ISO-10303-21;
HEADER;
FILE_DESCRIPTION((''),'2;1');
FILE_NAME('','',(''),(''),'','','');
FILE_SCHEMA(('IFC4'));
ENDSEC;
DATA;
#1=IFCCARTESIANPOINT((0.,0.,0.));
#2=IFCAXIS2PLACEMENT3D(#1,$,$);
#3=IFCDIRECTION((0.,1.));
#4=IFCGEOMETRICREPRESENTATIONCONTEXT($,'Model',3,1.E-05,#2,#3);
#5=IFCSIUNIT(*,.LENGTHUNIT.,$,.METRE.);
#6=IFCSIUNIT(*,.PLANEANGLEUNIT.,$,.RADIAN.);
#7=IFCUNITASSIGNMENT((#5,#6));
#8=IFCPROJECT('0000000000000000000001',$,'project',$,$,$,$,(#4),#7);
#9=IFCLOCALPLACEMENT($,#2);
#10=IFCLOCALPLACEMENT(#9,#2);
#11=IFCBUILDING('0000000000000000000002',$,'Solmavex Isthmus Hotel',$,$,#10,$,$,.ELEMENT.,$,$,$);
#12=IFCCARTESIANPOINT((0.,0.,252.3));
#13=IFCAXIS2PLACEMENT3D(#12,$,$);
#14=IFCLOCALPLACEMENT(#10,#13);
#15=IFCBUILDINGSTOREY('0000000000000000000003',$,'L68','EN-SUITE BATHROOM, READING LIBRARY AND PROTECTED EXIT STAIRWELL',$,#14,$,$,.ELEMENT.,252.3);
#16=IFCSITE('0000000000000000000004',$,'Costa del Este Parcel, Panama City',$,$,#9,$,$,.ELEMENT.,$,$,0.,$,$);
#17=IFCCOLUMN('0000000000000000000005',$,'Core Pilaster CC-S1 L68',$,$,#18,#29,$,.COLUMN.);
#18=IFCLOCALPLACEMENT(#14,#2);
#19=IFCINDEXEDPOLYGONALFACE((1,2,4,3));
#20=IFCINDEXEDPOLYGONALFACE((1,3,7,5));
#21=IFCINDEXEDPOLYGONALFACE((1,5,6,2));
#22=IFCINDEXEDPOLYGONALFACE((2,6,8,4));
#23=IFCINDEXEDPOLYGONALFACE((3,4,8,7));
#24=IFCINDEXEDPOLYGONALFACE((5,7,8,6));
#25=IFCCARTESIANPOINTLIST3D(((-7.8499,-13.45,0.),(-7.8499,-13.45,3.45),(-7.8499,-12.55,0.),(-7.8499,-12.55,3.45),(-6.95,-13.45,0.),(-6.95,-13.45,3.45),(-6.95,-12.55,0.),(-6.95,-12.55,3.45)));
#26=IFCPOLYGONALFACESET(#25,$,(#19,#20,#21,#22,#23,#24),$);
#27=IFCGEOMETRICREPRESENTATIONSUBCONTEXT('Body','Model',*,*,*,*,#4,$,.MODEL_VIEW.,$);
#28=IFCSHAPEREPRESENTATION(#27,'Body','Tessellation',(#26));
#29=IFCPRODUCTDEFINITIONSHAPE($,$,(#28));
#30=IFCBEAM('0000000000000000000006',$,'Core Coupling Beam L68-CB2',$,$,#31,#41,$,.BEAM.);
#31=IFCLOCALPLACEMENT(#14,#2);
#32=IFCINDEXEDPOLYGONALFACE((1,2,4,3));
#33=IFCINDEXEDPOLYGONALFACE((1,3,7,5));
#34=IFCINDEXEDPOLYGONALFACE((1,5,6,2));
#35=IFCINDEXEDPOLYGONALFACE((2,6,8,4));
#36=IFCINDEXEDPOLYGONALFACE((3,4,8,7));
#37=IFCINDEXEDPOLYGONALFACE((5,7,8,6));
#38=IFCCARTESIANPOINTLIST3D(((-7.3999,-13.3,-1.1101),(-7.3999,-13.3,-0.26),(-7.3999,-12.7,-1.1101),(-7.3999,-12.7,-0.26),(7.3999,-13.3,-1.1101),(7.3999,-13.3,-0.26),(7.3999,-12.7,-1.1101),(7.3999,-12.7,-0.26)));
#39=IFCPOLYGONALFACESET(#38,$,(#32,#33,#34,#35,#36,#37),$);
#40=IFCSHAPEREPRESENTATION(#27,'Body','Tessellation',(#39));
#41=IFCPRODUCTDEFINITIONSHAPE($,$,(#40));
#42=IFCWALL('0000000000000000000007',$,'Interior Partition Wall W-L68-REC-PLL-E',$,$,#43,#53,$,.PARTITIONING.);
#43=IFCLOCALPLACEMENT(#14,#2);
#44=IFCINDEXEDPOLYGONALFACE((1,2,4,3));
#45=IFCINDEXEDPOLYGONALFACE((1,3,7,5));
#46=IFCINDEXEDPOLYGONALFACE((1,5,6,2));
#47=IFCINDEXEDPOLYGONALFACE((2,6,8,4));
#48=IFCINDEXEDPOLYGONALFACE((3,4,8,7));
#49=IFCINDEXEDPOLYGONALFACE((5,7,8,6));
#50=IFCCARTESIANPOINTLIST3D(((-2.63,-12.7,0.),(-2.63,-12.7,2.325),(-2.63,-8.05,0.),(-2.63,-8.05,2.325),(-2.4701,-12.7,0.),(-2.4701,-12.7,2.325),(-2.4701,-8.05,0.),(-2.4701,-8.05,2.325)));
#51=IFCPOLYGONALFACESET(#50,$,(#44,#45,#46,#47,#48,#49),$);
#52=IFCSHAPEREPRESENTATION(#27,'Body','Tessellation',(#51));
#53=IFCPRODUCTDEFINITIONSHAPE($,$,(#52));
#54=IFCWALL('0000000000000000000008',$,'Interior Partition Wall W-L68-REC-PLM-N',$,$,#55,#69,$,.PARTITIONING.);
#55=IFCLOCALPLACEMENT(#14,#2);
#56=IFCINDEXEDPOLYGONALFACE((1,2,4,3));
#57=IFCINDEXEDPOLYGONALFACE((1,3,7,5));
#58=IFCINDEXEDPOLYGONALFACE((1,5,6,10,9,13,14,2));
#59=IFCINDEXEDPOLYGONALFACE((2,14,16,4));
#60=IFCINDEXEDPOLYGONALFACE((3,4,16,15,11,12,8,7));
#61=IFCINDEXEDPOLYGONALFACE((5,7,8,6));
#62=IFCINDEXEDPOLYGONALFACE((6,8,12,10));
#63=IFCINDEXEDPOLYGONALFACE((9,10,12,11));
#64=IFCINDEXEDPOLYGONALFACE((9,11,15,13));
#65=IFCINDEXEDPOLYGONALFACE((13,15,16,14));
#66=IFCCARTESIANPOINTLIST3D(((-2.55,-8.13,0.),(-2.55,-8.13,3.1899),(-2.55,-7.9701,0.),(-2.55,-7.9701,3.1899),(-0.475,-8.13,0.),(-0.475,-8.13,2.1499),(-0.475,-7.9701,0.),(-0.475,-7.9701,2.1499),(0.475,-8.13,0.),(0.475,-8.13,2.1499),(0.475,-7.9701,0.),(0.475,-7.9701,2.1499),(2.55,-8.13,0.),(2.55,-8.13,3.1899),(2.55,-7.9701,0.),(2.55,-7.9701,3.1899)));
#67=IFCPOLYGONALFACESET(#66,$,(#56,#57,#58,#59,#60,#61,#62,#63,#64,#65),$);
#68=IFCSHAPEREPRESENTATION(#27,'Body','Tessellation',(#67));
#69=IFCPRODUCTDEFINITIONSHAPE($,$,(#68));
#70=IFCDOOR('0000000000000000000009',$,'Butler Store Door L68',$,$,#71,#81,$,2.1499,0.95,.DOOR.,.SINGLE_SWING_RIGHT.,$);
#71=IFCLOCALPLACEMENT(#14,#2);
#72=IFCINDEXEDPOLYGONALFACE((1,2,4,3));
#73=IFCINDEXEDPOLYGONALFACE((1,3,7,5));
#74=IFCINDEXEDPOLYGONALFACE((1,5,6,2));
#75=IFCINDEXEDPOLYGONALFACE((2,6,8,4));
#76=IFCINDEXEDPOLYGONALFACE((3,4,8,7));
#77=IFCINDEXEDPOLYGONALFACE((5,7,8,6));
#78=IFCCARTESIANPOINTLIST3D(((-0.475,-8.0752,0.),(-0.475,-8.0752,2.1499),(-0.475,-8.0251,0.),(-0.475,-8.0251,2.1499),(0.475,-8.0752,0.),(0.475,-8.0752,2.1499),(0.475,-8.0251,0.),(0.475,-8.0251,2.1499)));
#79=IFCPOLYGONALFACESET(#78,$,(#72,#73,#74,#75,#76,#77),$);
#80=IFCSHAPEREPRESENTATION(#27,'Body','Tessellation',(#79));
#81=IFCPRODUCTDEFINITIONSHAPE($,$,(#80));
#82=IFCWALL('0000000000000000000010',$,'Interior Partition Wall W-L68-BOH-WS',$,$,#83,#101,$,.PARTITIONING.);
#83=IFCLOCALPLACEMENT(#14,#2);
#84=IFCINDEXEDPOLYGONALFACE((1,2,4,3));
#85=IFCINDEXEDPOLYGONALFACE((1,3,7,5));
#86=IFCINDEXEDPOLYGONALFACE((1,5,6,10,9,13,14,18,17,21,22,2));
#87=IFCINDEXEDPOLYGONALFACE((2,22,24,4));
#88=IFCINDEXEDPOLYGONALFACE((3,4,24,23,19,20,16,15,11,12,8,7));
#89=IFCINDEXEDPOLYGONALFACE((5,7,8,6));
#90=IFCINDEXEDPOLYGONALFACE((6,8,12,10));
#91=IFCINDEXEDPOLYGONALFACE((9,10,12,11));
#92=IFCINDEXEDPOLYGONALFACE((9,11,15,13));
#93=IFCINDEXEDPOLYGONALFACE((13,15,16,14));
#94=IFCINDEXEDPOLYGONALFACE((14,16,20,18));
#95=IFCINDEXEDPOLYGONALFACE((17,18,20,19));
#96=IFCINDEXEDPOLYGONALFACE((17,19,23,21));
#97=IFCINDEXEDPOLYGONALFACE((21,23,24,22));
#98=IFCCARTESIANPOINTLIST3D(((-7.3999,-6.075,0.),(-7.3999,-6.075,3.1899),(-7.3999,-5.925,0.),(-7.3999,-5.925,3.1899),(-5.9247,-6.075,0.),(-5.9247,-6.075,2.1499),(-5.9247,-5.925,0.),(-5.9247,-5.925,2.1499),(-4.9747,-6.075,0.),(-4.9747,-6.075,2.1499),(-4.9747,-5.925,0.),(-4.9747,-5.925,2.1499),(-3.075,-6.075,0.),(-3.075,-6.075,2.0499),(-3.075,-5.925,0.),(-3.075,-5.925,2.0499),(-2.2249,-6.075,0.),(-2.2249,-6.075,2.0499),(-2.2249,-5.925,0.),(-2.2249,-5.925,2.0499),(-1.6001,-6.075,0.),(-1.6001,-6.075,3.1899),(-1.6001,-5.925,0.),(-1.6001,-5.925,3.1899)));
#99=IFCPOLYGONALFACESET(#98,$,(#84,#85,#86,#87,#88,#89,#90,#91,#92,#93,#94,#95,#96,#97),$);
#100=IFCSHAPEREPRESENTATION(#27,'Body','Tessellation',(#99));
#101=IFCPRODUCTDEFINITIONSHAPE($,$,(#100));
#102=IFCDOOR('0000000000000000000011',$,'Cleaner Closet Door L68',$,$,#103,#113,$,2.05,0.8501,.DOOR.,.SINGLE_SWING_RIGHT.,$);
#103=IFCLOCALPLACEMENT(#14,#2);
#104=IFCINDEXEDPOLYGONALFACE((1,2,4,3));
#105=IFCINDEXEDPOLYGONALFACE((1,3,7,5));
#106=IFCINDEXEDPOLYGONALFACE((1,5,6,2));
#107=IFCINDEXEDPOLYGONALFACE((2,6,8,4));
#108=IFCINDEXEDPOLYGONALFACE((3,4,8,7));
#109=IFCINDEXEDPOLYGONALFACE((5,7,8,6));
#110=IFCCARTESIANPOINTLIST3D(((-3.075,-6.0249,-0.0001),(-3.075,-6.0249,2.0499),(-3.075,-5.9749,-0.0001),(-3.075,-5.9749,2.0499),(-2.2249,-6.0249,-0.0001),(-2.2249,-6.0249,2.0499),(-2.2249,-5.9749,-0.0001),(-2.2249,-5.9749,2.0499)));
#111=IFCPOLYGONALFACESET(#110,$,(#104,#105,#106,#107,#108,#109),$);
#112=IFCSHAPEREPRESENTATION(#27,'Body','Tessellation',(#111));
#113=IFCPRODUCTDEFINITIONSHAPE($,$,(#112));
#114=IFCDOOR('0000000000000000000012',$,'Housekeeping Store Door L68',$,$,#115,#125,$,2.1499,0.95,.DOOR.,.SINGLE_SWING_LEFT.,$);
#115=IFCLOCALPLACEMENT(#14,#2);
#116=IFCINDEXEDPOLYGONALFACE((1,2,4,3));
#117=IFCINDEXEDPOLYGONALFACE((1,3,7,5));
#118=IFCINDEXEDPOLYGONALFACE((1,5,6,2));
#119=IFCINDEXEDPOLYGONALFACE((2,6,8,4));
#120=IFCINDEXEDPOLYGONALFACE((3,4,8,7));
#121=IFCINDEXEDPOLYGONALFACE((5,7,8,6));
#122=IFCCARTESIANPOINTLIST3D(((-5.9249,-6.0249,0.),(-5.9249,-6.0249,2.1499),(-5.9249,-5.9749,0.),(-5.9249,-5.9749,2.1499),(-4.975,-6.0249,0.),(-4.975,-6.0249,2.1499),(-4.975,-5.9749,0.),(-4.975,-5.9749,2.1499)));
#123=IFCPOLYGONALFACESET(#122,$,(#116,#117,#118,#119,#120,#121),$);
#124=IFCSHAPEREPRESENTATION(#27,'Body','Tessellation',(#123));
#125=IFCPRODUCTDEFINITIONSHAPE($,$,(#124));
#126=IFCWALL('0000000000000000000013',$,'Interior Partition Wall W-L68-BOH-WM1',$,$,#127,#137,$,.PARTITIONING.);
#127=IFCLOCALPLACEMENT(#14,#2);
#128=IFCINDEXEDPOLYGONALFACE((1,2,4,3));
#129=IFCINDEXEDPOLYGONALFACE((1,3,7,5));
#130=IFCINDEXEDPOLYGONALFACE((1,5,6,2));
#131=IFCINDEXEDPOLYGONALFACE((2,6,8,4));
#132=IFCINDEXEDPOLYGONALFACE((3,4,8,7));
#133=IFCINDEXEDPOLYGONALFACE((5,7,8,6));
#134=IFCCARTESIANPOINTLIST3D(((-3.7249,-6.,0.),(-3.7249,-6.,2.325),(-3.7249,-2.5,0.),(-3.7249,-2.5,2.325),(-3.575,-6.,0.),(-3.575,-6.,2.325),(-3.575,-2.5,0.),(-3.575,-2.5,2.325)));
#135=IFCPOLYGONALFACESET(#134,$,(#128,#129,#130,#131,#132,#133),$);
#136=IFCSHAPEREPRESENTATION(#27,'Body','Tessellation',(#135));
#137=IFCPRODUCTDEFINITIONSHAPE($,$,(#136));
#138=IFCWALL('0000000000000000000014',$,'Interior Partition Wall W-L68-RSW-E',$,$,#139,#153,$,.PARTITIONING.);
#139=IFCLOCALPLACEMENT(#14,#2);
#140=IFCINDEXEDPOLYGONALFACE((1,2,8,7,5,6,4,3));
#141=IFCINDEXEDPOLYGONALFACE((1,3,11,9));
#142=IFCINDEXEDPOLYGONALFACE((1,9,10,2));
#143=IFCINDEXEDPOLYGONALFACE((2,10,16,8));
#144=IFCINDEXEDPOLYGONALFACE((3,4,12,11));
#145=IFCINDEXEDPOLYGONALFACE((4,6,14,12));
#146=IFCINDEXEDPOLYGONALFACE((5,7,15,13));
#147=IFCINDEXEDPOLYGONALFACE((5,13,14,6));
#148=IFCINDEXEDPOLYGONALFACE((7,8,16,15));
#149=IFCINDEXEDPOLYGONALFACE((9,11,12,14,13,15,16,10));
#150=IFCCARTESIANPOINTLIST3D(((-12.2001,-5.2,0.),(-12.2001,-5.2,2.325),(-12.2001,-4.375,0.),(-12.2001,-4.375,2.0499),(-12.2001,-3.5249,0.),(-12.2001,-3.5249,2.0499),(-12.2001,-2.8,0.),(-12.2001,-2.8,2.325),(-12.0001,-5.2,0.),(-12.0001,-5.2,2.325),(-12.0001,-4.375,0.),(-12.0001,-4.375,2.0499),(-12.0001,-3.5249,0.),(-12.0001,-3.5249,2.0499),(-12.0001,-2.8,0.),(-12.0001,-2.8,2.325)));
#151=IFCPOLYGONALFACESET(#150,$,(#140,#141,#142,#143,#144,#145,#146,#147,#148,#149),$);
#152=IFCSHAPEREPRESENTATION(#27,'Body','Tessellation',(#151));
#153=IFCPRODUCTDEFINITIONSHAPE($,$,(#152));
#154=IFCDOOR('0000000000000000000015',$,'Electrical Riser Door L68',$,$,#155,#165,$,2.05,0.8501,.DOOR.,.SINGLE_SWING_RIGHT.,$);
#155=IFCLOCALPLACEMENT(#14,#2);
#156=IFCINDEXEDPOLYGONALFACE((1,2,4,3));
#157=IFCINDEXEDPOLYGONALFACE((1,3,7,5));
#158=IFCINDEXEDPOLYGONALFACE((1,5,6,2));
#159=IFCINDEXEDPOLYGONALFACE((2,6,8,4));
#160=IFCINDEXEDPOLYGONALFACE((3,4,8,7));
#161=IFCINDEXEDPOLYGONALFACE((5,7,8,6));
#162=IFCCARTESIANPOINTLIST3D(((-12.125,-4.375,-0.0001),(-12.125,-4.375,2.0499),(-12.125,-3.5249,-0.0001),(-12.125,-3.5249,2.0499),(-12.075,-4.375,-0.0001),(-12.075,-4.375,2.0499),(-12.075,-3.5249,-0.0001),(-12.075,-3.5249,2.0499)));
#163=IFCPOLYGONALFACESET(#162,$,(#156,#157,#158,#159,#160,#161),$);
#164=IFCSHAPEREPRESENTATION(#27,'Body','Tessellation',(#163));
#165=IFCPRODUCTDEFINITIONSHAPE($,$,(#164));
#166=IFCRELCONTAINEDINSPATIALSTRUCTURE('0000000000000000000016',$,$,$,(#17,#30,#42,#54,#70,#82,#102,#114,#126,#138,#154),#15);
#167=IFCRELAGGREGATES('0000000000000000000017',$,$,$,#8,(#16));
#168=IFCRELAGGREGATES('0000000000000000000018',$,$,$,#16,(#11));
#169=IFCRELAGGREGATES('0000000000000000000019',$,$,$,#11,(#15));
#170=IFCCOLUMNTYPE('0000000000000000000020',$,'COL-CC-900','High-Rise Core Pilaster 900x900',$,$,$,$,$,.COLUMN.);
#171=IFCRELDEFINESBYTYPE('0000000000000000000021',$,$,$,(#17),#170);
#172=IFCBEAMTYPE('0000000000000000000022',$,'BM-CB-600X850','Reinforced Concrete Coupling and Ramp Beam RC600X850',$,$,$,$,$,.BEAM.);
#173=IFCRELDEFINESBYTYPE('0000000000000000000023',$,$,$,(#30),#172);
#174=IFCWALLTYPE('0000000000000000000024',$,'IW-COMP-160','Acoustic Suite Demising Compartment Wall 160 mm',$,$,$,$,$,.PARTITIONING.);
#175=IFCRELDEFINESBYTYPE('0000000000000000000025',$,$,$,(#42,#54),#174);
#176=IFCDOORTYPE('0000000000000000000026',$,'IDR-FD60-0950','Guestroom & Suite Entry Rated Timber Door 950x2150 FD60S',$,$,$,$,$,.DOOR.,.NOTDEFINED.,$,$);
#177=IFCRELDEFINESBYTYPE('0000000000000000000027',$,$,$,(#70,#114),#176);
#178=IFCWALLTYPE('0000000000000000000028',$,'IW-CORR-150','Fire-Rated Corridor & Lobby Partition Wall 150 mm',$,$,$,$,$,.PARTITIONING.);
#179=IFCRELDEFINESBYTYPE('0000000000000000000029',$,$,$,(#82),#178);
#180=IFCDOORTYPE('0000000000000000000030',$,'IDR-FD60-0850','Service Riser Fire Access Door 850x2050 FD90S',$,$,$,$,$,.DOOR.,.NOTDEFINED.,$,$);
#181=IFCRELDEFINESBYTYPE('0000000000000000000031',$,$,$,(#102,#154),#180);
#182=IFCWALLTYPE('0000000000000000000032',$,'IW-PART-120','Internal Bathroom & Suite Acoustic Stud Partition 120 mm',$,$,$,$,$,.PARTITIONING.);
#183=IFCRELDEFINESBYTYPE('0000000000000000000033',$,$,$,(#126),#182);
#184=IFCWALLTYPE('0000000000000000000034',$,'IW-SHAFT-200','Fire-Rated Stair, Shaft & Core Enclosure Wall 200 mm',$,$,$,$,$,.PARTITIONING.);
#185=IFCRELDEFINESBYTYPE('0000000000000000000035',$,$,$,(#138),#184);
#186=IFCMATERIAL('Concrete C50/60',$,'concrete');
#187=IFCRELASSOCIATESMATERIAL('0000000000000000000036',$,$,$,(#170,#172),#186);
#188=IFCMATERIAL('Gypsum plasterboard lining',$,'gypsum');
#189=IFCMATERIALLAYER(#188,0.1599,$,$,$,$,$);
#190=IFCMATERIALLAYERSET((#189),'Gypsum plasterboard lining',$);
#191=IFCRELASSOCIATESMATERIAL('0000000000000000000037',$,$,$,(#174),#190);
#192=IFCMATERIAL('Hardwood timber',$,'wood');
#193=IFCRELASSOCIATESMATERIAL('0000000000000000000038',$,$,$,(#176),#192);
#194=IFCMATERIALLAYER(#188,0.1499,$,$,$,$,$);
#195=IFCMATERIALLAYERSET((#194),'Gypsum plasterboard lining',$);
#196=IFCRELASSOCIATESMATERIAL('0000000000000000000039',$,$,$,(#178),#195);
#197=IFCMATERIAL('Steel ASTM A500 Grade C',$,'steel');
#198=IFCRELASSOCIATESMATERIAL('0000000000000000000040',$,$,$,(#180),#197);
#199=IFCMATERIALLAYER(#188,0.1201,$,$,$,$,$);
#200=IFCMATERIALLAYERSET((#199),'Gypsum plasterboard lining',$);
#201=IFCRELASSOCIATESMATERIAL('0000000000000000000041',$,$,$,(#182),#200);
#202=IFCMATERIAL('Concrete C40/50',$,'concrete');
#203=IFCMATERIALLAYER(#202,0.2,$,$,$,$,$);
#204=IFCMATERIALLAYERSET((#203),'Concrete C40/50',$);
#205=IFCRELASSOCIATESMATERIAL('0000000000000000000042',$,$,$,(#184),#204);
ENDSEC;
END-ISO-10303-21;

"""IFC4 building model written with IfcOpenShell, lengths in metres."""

from ifc_helpers import new_model, si_unit, direction, frame, frame_2d, origin, origin_2d, place, context, subcontext, project, spatial, rectangle, extrude, material, layer, layer_set, material_profile, profile_set, type_object, element, fill, save


model = new_model("IFC4")

# Units and contexts
model_context = context("Model", 3, precision=1e-05, world=origin(), true_north=direction((0.0, 1.0)))
body_context = subcontext(model_context, "Body", "Model", "MODEL_VIEW")
ifc_project = project(units=[si_unit("LENGTHUNIT", "METRE"), si_unit("PLANEANGLEUNIT", "RADIAN")], contexts=[model_context])

# Site, building, storey
site_placement = place(None, origin())
site = spatial("IfcSite", under=ifc_project, at=site_placement, Name="Costa del Este Parcel, Panama City", CompositionType="ELEMENT", RefElevation=0.0)
building_placement = place(site_placement, origin())
building = spatial("IfcBuilding", under=site, at=building_placement, Name="Solmavex Isthmus Hotel", CompositionType="ELEMENT")
storey_placement = place(building_placement, frame((0.0, 0.0, 252.3)))
storey = spatial("IfcBuildingStorey", under=building, at=storey_placement, Name="L68", Description="EN-SUITE BATHROOM, READING LIBRARY AND PROTECTED EXIT STAIRWELL", CompositionType="ELEMENT", Elevation=252.3)

# Column
ifc_material_1 = material(Name="Concrete C50/60", Category="concrete")
ifc_material_profile_1 = material_profile(ifc_material_1, rectangle(XDim=0.8999, YDim=0.8999, at=origin_2d()), Name="RC900X900")
ifc_profile_set_1 = profile_set([ifc_material_profile_1], Name="Concrete C50/60")
column_type = type_object("IfcColumnType", Name="COL-CC-900", Description="High-Rise Core Pilaster 900x900", PredefinedType="COLUMN", material=ifc_profile_set_1)
column_placement = place(storey_placement, frame((-7.3999, -13.0, 0.0), z_axis=(0.0, 0.0, 1.0), x_axis=(1.0, 0.0, 0.0)))
element("IfcColumn", 1, at=column_placement, inside=storey, type_object=column_type, Name="Core Pilaster CC-S1 L68", PredefinedType="COLUMN", context=body_context, shape_type="SweptSolid", body=[
    extrude(rectangle(XDim=0.8999, YDim=0.8999, at=origin_2d()), origin(), (0.0, 0.0, 1.0), 3.45),
])

# Beam
ifc_material_profile_2 = material_profile(ifc_material_1, rectangle(XDim=0.6001, YDim=0.8501, at=origin_2d()), Name="RC600X850")
ifc_profile_set_2 = profile_set([ifc_material_profile_2], Name="Concrete C50/60")
beam_type = type_object("IfcBeamType", Name="BM-CB-600X850", Description="Reinforced Concrete Coupling and Ramp Beam RC600X850", PredefinedType="BEAM", material=ifc_profile_set_2)
beam_placement = place(storey_placement, frame((-7.3999, -13.0, -0.6851), z_axis=(1.0, 0.0, 0.0), x_axis=(0.0, 1.0, 0.0)))
element("IfcBeam", 2, at=beam_placement, inside=storey, type_object=beam_type, Name="Core Coupling Beam L68-CB2", PredefinedType="BEAM", context=body_context, shape_type="SweptSolid", body=[
    extrude(rectangle(XDim=0.6001, YDim=0.8501, at=origin_2d()), origin(), (0.0, 0.0, 1.0), 14.7998),
])

# Shared definitions
ifc_material_2 = material(Name="Gypsum plasterboard lining", Category="gypsum")
ifc_layer_1 = layer(ifc_material_2, 0.1599)
ifc_layer_set_1 = layer_set([ifc_layer_1], Name="Gypsum plasterboard lining")
wall_type_1 = type_object("IfcWallType", Name="IW-COMP-160", Description="Acoustic Suite Demising Compartment Wall 160 mm", PredefinedType="PARTITIONING", material=ifc_layer_set_1)
ifc_material_3 = material(Name="Hardwood timber", Category="wood")
door_type_1 = type_object("IfcDoorType", Name="IDR-FD60-0950", Description="Guestroom & Suite Entry Rated Timber Door 950x2150 FD60S", OperationType="NOTDEFINED", PredefinedType="DOOR", material=ifc_material_3)

# Wall
wall_1_placement = place(storey_placement, frame((-2.55, -12.7, 0.0), z_axis=(0.0, 0.0, 1.0), x_axis=(0.0, 1.0, 0.0)))
element("IfcWall", 3, at=wall_1_placement, inside=storey, type_object=wall_type_1, Name="Interior Partition Wall W-L68-REC-PLL-E", PredefinedType="PARTITIONING", context=body_context, shape_type="SweptSolid", body=[
    extrude(rectangle(XDim=4.6499, YDim=0.1599, at=frame_2d((2.325, 0.0))), origin(), (0.0, 0.0, 1.0), 2.325),
])

# Wall, opening, door
wall_2_placement = place(storey_placement, frame((-2.55, -8.05, 0.0), z_axis=(0.0, 0.0, 1.0), x_axis=(1.0, 0.0, 0.0)))
wall_2 = element("IfcWall", 4, at=wall_2_placement, inside=storey, type_object=wall_type_1, Name="Interior Partition Wall W-L68-REC-PLM-N", PredefinedType="PARTITIONING", context=body_context, shape_type="SweptSolid", body=[
    extrude(rectangle(XDim=5.1001, YDim=0.1599, at=frame_2d((2.55, 0.0))), origin(), (0.0, 0.0, 1.0), 3.1899),
])
opening_1_placement = place(wall_2_placement, frame((2.075, 0.0, 0.0)))
opening_1 = element("IfcOpeningElement", 5, at=opening_1_placement, cuts=wall_2, PredefinedType="OPENING", context=body_context, shape_type="SweptSolid", body=[
    extrude(rectangle(XDim=0.95, YDim=2.1499, at=frame_2d((0.4751, 1.075))), frame((0.0, 0.0898, 0.0), z_axis=(0.0, -1.0, 0.0), x_axis=(1.0, 0.0, 0.0)), (0.0, 0.0, 1.0), 0.1799),
])
door_1_placement = place(opening_1_placement, origin())
door_1 = element("IfcDoor", 6, at=door_1_placement, inside=storey, type_object=door_type_1, Name="Butler Store Door L68", OperationType="SINGLE_SWING_RIGHT", OverallHeight=2.1499, OverallWidth=0.95, PredefinedType="DOOR", context=body_context, shape_type="SweptSolid", body=[
    extrude(rectangle(XDim=0.95, YDim=2.1499, at=frame_2d((0.4751, 1.075))), frame((0.0, 0.0249, 0.0), z_axis=(0.0, -1.0, 0.0), x_axis=(1.0, 0.0, 0.0)), (0.0, 0.0, 1.0), 0.05),
])
fill(opening_1, door_1)

# Wall, openings, doors
ifc_layer_2 = layer(ifc_material_2, 0.1499)
ifc_layer_set_2 = layer_set([ifc_layer_2], Name="Gypsum plasterboard lining")
wall_type_2 = type_object("IfcWallType", Name="IW-CORR-150", Description="Fire-Rated Corridor & Lobby Partition Wall 150 mm", PredefinedType="PARTITIONING", material=ifc_layer_set_2)
wall_3_placement = place(storey_placement, frame((-7.3999, -6.0, 0.0), z_axis=(0.0, 0.0, 1.0), x_axis=(1.0, 0.0, 0.0)))
wall_3 = element("IfcWall", 7, at=wall_3_placement, inside=storey, type_object=wall_type_2, Name="Interior Partition Wall W-L68-BOH-WS", PredefinedType="PARTITIONING", context=body_context, shape_type="SweptSolid", body=[
    extrude(rectangle(XDim=5.7998, YDim=0.1499, at=frame_2d((2.8999, 0.0))), origin(), (0.0, 0.0, 1.0), 3.1899),
])
opening_2_placement = place(wall_3_placement, frame((1.4751, 0.0, 0.0)))
opening_2 = element("IfcOpeningElement", 8, at=opening_2_placement, cuts=wall_3, PredefinedType="OPENING", context=body_context, shape_type="SweptSolid", body=[
    extrude(rectangle(XDim=0.95, YDim=2.1499, at=frame_2d((0.4751, 1.075))), frame((0.0, 0.085, 0.0), z_axis=(0.0, -1.0, 0.0), x_axis=(1.0, 0.0, 0.0)), (0.0, 0.0, 1.0), 0.1699),
])
opening_3_placement = place(wall_3_placement, frame((4.325, 0.0, 0.0)))
opening_3 = element("IfcOpeningElement", 9, at=opening_3_placement, cuts=wall_3, PredefinedType="OPENING", context=body_context, shape_type="SweptSolid", body=[
    extrude(rectangle(XDim=0.8501, YDim=2.05, at=frame_2d((0.425, 1.0249))), frame((0.0, 0.085, 0.0), z_axis=(0.0, -1.0, 0.0), x_axis=(1.0, 0.0, 0.0)), (0.0, 0.0, 1.0), 0.1699),
])
ifc_material_4 = material(Name="Steel ASTM A500 Grade C", Category="steel")
door_type_2 = type_object("IfcDoorType", Name="IDR-FD60-0850", Description="Service Riser Fire Access Door 850x2050 FD90S", OperationType="NOTDEFINED", PredefinedType="DOOR", material=ifc_material_4)
door_2_placement = place(opening_3_placement, frame((0.8501, 0.0, 0.0), z_axis=(0.0, 0.0, 1.0), x_axis=(-1.0, 0.0, 0.0)))
door_2 = element("IfcDoor", 10, at=door_2_placement, inside=storey, type_object=door_type_2, Name="Cleaner Closet Door L68", OperationType="SINGLE_SWING_RIGHT", OverallHeight=2.05, OverallWidth=0.8501, PredefinedType="DOOR", context=body_context, shape_type="SweptSolid", body=[
    extrude(rectangle(XDim=0.8501, YDim=2.05, at=frame_2d((0.425, 1.0249))), frame((0.0, 0.0249, 0.0), z_axis=(0.0, -1.0, 0.0), x_axis=(1.0, 0.0, 0.0)), (0.0, 0.0, 1.0), 0.05),
])
fill(opening_3, door_2)
door_3_placement = place(opening_2_placement, frame((0.95, 0.0, 0.0), z_axis=(0.0, 0.0, 1.0), x_axis=(-1.0, 0.0, 0.0)))
door_3 = element("IfcDoor", 11, at=door_3_placement, inside=storey, type_object=door_type_1, Name="Housekeeping Store Door L68", OperationType="SINGLE_SWING_LEFT", OverallHeight=2.1499, OverallWidth=0.95, PredefinedType="DOOR", context=body_context, shape_type="SweptSolid", body=[
    extrude(rectangle(XDim=0.95, YDim=2.1499, at=frame_2d((0.4751, 1.075))), frame((0.0, 0.0249, 0.0), z_axis=(0.0, -1.0, 0.0), x_axis=(1.0, 0.0, 0.0)), (0.0, 0.0, 1.0), 0.05),
])
fill(opening_2, door_3)

# Wall
ifc_layer_3 = layer(ifc_material_2, 0.1201)
ifc_layer_set_3 = layer_set([ifc_layer_3], Name="Gypsum plasterboard lining")
wall_type_3 = type_object("IfcWallType", Name="IW-PART-120", Description="Internal Bathroom & Suite Acoustic Stud Partition 120 mm", PredefinedType="PARTITIONING", material=ifc_layer_set_3)
wall_4_placement = place(storey_placement, frame((-3.6499, -6.0, 0.0), z_axis=(0.0, 0.0, 1.0), x_axis=(0.0, 1.0, 0.0)))
element("IfcWall", 12, at=wall_4_placement, inside=storey, type_object=wall_type_3, Name="Interior Partition Wall W-L68-BOH-WM1", PredefinedType="PARTITIONING", context=body_context, shape_type="SweptSolid", body=[
    extrude(rectangle(XDim=3.5, YDim=0.1499, at=frame_2d((1.75, 0.0))), origin(), (0.0, 0.0, 1.0), 2.325),
])

# Wall, opening, door
ifc_material_5 = material(Name="Concrete C40/50", Category="concrete")
ifc_layer_4 = layer(ifc_material_5, 0.2)
ifc_layer_set_4 = layer_set([ifc_layer_4], Name="Concrete C40/50")
wall_type_4 = type_object("IfcWallType", Name="IW-SHAFT-200", Description="Fire-Rated Stair, Shaft & Core Enclosure Wall 200 mm", PredefinedType="PARTITIONING", material=ifc_layer_set_4)
wall_5_placement = place(storey_placement, frame((-12.1001, -5.2, 0.0), z_axis=(0.0, 0.0, 1.0), x_axis=(0.0, 1.0, 0.0)))
wall_5 = element("IfcWall", 13, at=wall_5_placement, inside=storey, type_object=wall_type_4, Name="Interior Partition Wall W-L68-RSW-E", PredefinedType="PARTITIONING", context=body_context, shape_type="SweptSolid", body=[
    extrude(rectangle(XDim=2.3999, YDim=0.2, at=frame_2d((1.2, 0.0))), origin(), (0.0, 0.0, 1.0), 2.325),
])
opening_4_placement = place(wall_5_placement, frame((0.825, 0.0, 0.0)))
opening_4 = element("IfcOpeningElement", 14, at=opening_4_placement, cuts=wall_5, PredefinedType="OPENING", context=body_context, shape_type="SweptSolid", body=[
    extrude(rectangle(XDim=0.8501, YDim=2.05, at=frame_2d((0.425, 1.0249))), frame((0.0, 0.1099, 0.0), z_axis=(0.0, -1.0, 0.0), x_axis=(1.0, 0.0, 0.0)), (0.0, 0.0, 1.0), 0.22),
])
door_4_placement = place(opening_4_placement, origin())
door_4 = element("IfcDoor", 15, at=door_4_placement, inside=storey, type_object=door_type_2, Name="Electrical Riser Door L68", OperationType="SINGLE_SWING_RIGHT", OverallHeight=2.05, OverallWidth=0.8501, PredefinedType="DOOR", context=body_context, shape_type="SweptSolid", body=[
    extrude(rectangle(XDim=0.8501, YDim=2.05, at=frame_2d((0.425, 1.0249))), frame((0.0, 0.0249, 0.0), z_axis=(0.0, -1.0, 0.0), x_axis=(1.0, 0.0, 0.0)), (0.0, 0.0, 1.0), 0.05),
])
fill(opening_4, door_4)

save(model, "model.ifc")
